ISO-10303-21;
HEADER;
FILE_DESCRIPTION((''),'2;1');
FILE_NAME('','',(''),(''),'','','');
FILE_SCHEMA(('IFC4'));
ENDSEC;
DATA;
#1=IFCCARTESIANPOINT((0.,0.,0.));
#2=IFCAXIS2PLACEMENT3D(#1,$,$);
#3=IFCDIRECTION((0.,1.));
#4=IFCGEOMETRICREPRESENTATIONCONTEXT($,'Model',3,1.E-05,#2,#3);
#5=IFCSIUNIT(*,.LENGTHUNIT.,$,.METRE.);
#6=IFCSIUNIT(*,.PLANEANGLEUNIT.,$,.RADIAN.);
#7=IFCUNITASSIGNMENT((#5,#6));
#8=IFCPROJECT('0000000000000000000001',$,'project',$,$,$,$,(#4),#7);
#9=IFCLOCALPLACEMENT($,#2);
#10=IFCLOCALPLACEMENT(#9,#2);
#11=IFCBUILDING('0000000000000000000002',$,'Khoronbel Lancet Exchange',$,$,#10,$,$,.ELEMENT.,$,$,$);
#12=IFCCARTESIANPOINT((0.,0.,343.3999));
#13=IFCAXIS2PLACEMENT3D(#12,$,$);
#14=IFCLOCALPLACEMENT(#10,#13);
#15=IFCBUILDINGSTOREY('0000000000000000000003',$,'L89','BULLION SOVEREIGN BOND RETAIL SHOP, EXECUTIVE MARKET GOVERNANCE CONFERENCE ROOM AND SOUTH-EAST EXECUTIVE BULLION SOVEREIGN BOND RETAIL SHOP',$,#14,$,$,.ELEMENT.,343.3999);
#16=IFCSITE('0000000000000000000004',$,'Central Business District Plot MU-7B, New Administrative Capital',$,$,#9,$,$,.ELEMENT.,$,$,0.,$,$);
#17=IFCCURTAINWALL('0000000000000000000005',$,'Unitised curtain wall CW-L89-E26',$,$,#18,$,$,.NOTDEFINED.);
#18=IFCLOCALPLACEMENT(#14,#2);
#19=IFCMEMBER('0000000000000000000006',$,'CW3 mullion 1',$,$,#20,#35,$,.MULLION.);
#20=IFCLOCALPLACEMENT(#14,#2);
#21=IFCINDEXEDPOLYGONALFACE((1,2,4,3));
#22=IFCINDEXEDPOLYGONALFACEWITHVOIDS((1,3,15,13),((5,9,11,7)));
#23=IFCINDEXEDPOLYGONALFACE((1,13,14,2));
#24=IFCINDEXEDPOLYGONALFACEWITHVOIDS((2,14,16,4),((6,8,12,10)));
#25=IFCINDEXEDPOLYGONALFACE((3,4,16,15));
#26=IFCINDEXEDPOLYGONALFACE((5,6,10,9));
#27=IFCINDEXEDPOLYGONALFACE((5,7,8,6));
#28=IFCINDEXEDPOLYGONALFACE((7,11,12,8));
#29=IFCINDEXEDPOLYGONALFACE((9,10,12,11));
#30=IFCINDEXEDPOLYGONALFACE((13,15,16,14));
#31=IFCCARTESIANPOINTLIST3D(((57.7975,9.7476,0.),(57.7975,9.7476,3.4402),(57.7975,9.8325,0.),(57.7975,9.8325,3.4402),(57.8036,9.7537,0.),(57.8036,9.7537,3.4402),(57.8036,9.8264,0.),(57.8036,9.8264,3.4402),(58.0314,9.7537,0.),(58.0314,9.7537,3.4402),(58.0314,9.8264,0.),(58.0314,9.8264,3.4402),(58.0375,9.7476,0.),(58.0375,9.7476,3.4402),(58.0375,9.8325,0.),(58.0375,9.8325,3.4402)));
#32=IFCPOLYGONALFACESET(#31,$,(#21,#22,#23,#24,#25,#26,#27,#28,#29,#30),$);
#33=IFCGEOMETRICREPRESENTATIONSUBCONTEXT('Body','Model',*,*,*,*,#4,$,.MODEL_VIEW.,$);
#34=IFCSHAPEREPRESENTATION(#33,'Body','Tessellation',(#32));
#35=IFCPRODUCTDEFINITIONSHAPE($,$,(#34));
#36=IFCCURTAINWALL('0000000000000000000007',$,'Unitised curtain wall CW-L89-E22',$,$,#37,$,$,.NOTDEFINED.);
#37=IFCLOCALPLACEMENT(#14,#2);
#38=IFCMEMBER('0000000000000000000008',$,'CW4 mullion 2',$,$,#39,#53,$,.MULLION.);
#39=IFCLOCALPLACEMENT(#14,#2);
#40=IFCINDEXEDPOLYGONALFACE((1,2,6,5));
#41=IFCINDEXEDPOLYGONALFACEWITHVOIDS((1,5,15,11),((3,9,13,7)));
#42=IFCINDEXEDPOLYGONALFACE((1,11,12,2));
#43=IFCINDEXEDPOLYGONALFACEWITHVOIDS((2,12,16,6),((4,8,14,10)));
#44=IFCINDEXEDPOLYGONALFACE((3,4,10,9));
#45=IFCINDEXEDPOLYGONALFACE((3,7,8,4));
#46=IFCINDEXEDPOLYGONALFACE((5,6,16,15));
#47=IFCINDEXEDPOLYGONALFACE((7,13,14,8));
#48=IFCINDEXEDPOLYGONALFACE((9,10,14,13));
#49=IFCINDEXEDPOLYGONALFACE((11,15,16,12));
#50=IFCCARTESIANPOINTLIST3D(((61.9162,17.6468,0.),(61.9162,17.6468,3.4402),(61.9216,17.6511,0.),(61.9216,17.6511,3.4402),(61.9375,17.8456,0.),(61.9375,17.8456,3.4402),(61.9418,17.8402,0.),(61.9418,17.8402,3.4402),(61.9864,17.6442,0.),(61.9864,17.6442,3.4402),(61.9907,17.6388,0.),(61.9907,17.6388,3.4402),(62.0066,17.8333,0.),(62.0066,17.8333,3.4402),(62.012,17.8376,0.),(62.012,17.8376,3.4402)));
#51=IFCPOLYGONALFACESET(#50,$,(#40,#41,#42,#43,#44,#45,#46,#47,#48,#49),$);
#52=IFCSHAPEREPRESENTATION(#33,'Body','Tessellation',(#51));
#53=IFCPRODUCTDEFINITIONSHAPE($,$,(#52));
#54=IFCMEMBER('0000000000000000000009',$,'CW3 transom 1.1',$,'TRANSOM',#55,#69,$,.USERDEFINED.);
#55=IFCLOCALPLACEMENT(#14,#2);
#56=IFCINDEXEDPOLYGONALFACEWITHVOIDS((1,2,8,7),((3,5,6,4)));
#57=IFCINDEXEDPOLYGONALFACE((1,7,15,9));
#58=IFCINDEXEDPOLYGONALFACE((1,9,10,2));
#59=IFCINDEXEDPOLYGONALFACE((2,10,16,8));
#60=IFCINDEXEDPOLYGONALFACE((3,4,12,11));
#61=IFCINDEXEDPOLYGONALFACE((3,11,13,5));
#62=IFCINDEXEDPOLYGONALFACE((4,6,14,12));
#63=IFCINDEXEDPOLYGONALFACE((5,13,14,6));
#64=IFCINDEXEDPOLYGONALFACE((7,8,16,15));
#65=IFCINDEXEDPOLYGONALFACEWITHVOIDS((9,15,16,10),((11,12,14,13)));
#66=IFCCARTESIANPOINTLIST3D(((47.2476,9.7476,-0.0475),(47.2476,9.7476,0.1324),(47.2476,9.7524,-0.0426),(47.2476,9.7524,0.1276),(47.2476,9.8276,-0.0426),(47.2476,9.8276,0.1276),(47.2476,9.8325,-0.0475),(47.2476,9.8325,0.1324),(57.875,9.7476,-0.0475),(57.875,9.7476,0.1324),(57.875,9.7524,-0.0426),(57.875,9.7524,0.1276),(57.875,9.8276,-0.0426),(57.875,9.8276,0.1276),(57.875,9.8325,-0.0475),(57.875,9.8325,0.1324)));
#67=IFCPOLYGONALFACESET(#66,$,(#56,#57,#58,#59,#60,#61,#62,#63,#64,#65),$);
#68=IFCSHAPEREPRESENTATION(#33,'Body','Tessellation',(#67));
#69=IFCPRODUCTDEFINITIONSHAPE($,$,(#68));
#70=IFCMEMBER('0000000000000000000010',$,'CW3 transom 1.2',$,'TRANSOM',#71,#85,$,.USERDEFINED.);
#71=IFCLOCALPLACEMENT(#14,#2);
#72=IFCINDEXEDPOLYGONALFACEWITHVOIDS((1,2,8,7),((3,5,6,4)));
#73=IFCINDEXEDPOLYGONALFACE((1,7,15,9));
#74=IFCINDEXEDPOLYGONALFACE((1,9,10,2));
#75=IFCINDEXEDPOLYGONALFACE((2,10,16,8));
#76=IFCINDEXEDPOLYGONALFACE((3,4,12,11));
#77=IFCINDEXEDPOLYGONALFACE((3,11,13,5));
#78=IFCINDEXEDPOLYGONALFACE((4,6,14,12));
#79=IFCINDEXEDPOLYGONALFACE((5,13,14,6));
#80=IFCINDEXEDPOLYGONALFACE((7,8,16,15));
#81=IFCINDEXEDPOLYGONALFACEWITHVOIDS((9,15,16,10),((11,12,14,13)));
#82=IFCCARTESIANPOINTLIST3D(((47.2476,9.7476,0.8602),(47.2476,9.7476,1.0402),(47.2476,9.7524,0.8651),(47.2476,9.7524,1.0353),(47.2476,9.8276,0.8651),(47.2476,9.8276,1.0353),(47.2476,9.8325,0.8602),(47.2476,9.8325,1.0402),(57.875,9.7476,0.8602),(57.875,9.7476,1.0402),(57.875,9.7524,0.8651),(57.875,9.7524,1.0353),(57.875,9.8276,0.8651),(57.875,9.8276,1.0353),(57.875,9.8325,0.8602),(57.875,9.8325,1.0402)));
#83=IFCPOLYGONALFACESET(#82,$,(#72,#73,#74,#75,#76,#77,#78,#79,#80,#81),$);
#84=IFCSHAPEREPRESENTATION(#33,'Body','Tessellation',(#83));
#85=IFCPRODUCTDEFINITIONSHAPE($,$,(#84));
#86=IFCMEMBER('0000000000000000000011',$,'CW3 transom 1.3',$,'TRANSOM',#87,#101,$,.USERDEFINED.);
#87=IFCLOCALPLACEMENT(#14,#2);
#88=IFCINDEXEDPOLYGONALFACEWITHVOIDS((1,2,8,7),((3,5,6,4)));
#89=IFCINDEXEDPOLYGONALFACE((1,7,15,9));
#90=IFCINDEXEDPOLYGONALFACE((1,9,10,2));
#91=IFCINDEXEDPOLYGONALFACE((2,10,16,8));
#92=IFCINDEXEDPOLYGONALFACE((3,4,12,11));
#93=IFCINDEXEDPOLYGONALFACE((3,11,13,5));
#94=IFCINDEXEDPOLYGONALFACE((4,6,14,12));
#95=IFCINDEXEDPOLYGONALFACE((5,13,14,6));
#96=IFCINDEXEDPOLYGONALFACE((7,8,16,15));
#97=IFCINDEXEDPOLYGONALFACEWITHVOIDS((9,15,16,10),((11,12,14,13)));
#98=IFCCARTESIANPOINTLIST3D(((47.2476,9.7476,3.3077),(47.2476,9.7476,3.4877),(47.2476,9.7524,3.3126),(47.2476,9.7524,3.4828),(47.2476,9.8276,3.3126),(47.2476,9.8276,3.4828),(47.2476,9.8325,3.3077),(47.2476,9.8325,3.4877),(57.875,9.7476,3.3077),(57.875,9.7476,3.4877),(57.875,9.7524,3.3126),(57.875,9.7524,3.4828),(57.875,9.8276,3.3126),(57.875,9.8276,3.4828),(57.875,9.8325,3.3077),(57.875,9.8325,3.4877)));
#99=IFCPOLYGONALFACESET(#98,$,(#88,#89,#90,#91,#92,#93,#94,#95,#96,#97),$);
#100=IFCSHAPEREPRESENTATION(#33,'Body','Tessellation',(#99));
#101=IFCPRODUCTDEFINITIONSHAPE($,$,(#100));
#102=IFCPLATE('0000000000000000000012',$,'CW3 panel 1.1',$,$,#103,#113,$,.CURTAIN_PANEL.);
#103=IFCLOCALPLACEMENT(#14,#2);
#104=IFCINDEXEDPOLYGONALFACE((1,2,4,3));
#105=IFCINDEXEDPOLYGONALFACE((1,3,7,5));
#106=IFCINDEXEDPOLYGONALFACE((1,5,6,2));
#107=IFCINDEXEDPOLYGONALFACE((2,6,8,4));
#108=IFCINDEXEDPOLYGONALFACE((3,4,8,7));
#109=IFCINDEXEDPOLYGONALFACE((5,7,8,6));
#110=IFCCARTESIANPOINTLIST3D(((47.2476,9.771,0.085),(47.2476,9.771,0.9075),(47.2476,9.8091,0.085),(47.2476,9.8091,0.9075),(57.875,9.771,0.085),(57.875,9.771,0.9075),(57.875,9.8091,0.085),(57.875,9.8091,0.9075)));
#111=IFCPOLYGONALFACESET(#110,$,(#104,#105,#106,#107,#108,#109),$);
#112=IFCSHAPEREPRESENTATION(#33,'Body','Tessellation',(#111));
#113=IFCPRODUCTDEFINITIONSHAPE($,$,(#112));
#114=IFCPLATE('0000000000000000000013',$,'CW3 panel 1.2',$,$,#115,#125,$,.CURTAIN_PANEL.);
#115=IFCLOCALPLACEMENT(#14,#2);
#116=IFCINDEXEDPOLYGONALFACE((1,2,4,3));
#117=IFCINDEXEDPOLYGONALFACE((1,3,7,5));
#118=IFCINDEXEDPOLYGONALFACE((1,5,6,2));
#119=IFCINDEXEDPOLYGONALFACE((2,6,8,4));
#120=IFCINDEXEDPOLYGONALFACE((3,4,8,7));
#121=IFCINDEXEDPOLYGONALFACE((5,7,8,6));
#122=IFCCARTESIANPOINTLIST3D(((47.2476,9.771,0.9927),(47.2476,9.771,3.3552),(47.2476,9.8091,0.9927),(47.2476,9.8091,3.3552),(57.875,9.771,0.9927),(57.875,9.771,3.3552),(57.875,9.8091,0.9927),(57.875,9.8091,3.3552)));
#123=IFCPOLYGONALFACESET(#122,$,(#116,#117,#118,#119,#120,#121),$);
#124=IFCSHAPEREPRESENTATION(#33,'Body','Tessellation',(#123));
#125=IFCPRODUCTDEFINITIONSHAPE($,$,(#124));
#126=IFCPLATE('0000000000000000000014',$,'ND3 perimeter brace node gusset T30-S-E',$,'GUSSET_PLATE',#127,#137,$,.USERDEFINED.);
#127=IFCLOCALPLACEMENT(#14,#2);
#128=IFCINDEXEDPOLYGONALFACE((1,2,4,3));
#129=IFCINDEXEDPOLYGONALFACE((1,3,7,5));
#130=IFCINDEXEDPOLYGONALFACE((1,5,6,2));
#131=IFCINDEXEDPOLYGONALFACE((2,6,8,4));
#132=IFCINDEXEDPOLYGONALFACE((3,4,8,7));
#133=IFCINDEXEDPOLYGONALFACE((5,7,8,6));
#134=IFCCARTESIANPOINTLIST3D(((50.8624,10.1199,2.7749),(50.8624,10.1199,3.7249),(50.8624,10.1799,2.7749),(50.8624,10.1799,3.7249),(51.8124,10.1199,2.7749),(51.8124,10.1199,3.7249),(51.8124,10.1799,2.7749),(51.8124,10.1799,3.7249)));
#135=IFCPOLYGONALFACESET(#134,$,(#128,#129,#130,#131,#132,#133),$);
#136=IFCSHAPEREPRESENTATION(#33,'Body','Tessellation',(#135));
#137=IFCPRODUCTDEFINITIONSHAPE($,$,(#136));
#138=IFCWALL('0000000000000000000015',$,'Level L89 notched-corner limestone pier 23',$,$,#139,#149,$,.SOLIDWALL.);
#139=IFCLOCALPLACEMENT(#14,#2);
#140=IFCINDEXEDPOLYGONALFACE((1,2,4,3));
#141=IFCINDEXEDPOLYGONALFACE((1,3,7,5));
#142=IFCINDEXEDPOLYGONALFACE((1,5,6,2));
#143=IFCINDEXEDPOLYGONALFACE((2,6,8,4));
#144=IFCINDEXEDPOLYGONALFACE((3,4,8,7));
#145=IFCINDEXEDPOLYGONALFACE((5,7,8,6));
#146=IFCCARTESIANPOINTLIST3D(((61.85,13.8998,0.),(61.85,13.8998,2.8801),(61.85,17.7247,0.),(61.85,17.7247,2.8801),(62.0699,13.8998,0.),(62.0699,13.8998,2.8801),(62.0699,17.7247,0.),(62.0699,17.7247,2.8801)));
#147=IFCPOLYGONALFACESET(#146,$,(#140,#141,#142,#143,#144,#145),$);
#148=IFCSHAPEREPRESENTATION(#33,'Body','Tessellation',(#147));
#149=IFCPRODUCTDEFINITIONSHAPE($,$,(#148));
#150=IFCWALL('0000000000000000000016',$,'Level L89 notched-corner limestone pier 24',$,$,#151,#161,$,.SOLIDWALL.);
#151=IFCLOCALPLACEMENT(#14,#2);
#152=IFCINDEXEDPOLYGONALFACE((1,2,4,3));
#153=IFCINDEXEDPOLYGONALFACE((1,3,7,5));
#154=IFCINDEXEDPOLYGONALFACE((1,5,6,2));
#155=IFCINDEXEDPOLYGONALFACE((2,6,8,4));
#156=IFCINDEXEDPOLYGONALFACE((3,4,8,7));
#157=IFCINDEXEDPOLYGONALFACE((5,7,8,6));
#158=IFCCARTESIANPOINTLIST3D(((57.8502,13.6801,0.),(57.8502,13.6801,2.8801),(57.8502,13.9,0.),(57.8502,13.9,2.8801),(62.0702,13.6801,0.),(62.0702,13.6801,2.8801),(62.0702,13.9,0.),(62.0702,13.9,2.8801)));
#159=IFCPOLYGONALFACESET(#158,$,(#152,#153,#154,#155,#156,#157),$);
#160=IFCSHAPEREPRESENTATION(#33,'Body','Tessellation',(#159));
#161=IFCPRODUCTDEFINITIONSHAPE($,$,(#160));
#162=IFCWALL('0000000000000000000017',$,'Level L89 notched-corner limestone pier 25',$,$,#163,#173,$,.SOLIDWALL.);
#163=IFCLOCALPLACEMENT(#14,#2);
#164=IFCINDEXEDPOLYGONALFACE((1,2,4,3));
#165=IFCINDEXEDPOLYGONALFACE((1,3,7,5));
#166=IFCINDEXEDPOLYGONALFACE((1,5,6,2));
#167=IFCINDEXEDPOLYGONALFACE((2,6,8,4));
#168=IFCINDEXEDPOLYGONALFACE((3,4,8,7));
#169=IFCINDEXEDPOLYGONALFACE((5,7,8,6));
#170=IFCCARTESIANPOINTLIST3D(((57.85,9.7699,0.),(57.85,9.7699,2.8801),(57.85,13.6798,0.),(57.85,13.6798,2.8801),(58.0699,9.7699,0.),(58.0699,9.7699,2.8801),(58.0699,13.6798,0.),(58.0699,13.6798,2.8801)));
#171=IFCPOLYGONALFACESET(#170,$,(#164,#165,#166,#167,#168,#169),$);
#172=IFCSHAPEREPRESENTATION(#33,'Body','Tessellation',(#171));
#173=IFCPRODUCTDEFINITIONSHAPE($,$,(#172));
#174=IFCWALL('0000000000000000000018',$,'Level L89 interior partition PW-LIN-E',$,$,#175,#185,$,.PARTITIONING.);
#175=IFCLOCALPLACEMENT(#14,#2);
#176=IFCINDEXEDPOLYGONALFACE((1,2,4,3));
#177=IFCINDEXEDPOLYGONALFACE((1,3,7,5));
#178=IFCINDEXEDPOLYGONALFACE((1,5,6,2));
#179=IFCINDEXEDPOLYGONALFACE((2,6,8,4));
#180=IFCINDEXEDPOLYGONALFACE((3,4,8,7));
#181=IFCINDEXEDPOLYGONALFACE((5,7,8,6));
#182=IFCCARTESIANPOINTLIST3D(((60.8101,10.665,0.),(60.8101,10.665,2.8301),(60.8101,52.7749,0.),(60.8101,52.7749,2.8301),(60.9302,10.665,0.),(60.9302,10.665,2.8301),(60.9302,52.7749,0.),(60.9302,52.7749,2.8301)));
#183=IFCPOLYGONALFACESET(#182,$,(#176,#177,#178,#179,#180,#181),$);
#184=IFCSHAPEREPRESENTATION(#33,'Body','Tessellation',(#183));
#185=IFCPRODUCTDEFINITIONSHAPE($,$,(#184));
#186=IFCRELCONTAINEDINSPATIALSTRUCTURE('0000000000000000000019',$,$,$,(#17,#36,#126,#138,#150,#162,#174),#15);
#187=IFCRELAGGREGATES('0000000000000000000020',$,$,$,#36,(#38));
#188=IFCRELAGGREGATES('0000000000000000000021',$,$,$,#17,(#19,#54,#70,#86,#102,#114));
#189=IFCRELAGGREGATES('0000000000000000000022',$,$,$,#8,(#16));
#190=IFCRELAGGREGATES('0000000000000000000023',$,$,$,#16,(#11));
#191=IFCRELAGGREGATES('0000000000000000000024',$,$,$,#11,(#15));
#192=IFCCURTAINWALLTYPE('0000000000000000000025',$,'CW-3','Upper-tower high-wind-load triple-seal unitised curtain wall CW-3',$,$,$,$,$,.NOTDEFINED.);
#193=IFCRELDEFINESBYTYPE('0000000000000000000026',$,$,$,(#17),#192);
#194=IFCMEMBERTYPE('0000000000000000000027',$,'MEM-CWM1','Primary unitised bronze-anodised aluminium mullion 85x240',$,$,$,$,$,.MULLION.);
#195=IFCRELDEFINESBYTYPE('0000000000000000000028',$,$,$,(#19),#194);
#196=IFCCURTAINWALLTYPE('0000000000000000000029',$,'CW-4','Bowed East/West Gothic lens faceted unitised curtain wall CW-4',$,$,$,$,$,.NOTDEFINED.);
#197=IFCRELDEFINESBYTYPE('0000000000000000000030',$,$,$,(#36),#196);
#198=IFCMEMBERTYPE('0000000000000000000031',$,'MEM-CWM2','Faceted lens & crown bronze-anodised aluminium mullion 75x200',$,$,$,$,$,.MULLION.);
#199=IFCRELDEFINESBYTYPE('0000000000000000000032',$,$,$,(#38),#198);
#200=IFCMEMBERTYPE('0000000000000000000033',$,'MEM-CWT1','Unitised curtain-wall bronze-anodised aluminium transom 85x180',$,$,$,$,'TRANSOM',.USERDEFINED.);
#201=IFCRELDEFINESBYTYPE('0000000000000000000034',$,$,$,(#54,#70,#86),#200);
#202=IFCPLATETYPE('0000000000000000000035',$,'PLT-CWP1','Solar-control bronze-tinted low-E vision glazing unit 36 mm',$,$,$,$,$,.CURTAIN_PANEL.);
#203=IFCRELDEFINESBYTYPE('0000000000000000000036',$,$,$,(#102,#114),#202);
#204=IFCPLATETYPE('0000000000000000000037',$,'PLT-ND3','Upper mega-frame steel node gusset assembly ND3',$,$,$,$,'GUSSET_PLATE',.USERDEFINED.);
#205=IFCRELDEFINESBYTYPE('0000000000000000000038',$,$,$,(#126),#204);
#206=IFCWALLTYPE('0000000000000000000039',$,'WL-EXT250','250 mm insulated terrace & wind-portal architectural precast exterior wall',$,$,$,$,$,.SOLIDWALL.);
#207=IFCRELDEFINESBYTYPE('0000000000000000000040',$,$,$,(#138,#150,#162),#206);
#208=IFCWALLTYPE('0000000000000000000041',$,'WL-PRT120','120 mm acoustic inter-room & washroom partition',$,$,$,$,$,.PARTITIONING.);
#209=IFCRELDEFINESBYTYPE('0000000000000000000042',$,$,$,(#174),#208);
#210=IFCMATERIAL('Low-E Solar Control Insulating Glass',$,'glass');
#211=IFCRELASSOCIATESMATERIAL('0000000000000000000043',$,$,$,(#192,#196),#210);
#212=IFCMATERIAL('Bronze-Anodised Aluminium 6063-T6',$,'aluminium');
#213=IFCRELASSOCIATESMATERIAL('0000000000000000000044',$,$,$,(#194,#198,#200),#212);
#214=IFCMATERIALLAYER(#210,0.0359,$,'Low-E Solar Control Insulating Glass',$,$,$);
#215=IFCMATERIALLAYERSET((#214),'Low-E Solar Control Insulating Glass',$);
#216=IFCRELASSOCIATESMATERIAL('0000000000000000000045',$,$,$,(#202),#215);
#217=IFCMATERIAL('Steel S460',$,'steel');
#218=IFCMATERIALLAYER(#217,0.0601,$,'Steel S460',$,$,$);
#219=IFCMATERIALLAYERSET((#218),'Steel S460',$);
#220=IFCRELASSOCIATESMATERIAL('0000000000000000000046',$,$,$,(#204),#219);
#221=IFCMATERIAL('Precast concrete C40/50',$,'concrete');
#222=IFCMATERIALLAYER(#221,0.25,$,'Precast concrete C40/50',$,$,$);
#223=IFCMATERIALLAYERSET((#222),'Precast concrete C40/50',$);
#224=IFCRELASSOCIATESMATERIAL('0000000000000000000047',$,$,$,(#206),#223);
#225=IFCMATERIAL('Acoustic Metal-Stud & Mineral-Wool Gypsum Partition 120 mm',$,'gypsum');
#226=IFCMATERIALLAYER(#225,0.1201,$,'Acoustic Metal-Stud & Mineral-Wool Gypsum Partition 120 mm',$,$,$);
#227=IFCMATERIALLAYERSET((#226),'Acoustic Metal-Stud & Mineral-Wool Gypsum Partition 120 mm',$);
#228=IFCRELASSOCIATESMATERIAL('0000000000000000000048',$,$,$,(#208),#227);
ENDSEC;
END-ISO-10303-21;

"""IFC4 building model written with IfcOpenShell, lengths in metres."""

from ifc_helpers import new_model, si_unit, direction, frame, frame_2d, origin, origin_2d, place, context, subcontext, project, spatial, rectangle, hollow_rectangle, extrude, material, layer, layer_set, material_profile, profile_set, type_object, element, aggregate, save


model = new_model("IFC4")

# Units and contexts
model_context = context("Model", 3, precision=1e-05, world=origin(), true_north=direction((0.0, 1.0)))
body_context = subcontext(model_context, "Body", "Model", "MODEL_VIEW")
ifc_project = project(units=[si_unit("LENGTHUNIT", "METRE"), si_unit("PLANEANGLEUNIT", "RADIAN")], contexts=[model_context])

# Site, building, storey
site_placement = place(None, origin())
site = spatial("IfcSite", under=ifc_project, at=site_placement, Name="Central Business District Plot MU-7B, New Administrative Capital", CompositionType="ELEMENT", RefElevation=0.0)
building_placement = place(site_placement, origin())
building = spatial("IfcBuilding", under=site, at=building_placement, Name="Khoronbel Lancet Exchange", CompositionType="ELEMENT")
storey_placement = place(building_placement, frame((0.0, 0.0, 343.3999)))
storey = spatial("IfcBuildingStorey", under=building, at=storey_placement, Name="L89", Description="BULLION SOVEREIGN BOND RETAIL SHOP, EXECUTIVE MARKET GOVERNANCE CONFERENCE ROOM AND SOUTH-EAST EXECUTIVE BULLION SOVEREIGN BOND RETAIL SHOP", CompositionType="ELEMENT", Elevation=343.3999)

# Shared definitions
ifc_material_1 = material(Name="Steel S460", Category="steel")

# Curtain walls, members
ifc_material_2 = material(Name="Low-E Solar Control Insulating Glass", Category="glass")
curtain_wall_type_1 = type_object("IfcCurtainWallType", Name="CW-3", Description="Upper-tower high-wind-load triple-seal unitised curtain wall CW-3", PredefinedType="NOTDEFINED", material=ifc_material_2)
curtain_wall_1_placement = place(storey_placement, origin())
curtain_wall_1 = element("IfcCurtainWall", 1, at=curtain_wall_1_placement, inside=storey, type_object=curtain_wall_type_1, Name="Unitised curtain wall CW-L89-E26", PredefinedType="NOTDEFINED")
ifc_material_3 = material(Name="Bronze-Anodised Aluminium 6063-T6", Category="aluminium")
ifc_material_profile_1 = material_profile(ifc_material_3, hollow_rectangle(XDim=0.085, YDim=0.24, WallThickness=0.0061, at=origin_2d()), Name="ALU MULLION 85x240")
ifc_profile_set_1 = profile_set([ifc_material_profile_1], Name="Bronze-Anodised Aluminium 6063-T6")
member_type_1 = type_object("IfcMemberType", Name="MEM-CWM1", Description="Primary unitised bronze-anodised aluminium mullion 85x240", PredefinedType="MULLION", material=ifc_profile_set_1)
member_1_placement = place(storey_placement, frame((57.9175, 9.79, 0.0), z_axis=(0.0, 0.0, 1.0), x_axis=(0.0, -1.0, 0.0)))
member_1 = element("IfcMember", 2, at=member_1_placement, type_object=member_type_1, Name="CW3 mullion 1", PredefinedType="MULLION", context=body_context, shape_type="SweptSolid", body=[
    extrude(hollow_rectangle(XDim=0.085, YDim=0.24, WallThickness=0.0061, at=origin_2d()), origin(), (0.0, 0.0, 1.0), 3.4402),
])
curtain_wall_type_2 = type_object("IfcCurtainWallType", Name="CW-4", Description="Bowed East/West Gothic lens faceted unitised curtain wall CW-4", PredefinedType="NOTDEFINED", material=ifc_material_2)
curtain_wall_2_placement = place(storey_placement, origin())
curtain_wall_2 = element("IfcCurtainWall", 3, at=curtain_wall_2_placement, inside=storey, type_object=curtain_wall_type_2, Name="Unitised curtain wall CW-L89-E22", PredefinedType="NOTDEFINED")
ifc_material_profile_2 = material_profile(ifc_material_3, hollow_rectangle(XDim=0.075, YDim=0.2, WallThickness=0.0049, at=origin_2d()), Name="ALU MULLION 75x200")
ifc_profile_set_2 = profile_set([ifc_material_profile_2], Name="Bronze-Anodised Aluminium 6063-T6")
member_type_2 = type_object("IfcMemberType", Name="MEM-CWM2", Description="Faceted lens & crown bronze-anodised aluminium mullion 75x200", PredefinedType="MULLION", material=ifc_profile_set_2)
member_2_placement = place(storey_placement, frame((61.9641, 17.7422, 0.0), z_axis=(0.0, 0.0, 1.0), x_axis=(0.994309, -0.106538, 0.0)))
member_2 = element("IfcMember", 4, at=member_2_placement, type_object=member_type_2, Name="CW4 mullion 2", PredefinedType="MULLION", context=body_context, shape_type="SweptSolid", body=[
    extrude(hollow_rectangle(XDim=0.075, YDim=0.2, WallThickness=0.0049, at=origin_2d()), origin(), (0.0, 0.0, 1.0), 3.4402),
])
aggregate(curtain_wall_2, [member_2])

# Members
ifc_material_profile_3 = material_profile(ifc_material_3, hollow_rectangle(XDim=0.085, YDim=0.1799, WallThickness=0.0049, at=origin_2d()), Name="ALU TRANSOM 85x180")
ifc_profile_set_3 = profile_set([ifc_material_profile_3], Name="Bronze-Anodised Aluminium 6063-T6")
member_type_3 = type_object("IfcMemberType", Name="MEM-CWT1", Description="Unitised curtain-wall bronze-anodised aluminium transom 85x180", ElementType="TRANSOM", PredefinedType="USERDEFINED", material=ifc_profile_set_3)
member_3_placement = place(storey_placement, frame((57.875, 9.79, 0.0425), z_axis=(-1.0, 0.0, 0.0), x_axis=(0.0, -1.0, 0.0)))
member_3 = element("IfcMember", 5, at=member_3_placement, type_object=member_type_3, Name="CW3 transom 1.1", ObjectType="TRANSOM", PredefinedType="USERDEFINED", context=body_context, shape_type="SweptSolid", body=[
    extrude(hollow_rectangle(XDim=0.085, YDim=0.1799, WallThickness=0.0049, at=origin_2d()), origin(), (0.0, 0.0, 1.0), 10.6274),
])
member_4_placement = place(storey_placement, frame((57.875, 9.79, 0.9502), z_axis=(-1.0, 0.0, 0.0), x_axis=(0.0, -1.0, 0.0)))
member_4 = element("IfcMember", 6, at=member_4_placement, type_object=member_type_3, Name="CW3 transom 1.2", ObjectType="TRANSOM", PredefinedType="USERDEFINED", context=body_context, shape_type="SweptSolid", body=[
    extrude(hollow_rectangle(XDim=0.085, YDim=0.1799, WallThickness=0.0049, at=origin_2d()), origin(), (0.0, 0.0, 1.0), 10.6274),
])
member_5_placement = place(storey_placement, frame((57.875, 9.79, 3.3977), z_axis=(-1.0, 0.0, 0.0), x_axis=(0.0, -1.0, 0.0)))
member_5 = element("IfcMember", 7, at=member_5_placement, type_object=member_type_3, Name="CW3 transom 1.3", ObjectType="TRANSOM", PredefinedType="USERDEFINED", context=body_context, shape_type="SweptSolid", body=[
    extrude(hollow_rectangle(XDim=0.085, YDim=0.1799, WallThickness=0.0049, at=origin_2d()), origin(), (0.0, 0.0, 1.0), 10.6274),
])

# Plates
ifc_layer_1 = layer(ifc_material_2, 0.0359, Name="Low-E Solar Control Insulating Glass")
ifc_layer_set_1 = layer_set([ifc_layer_1], Name="Low-E Solar Control Insulating Glass")
plate_type_1 = type_object("IfcPlateType", Name="PLT-CWP1", Description="Solar-control bronze-tinted low-E vision glazing unit 36 mm", PredefinedType="CURTAIN_PANEL", material=ifc_layer_set_1)
plate_1_placement = place(storey_placement, frame((52.5613, 9.79, 0.085), z_axis=(0.0, 0.0, 1.0), x_axis=(-1.0, 0.0, 0.0)))
plate_1 = element("IfcPlate", 8, at=plate_1_placement, type_object=plate_type_1, Name="CW3 panel 1.1", PredefinedType="CURTAIN_PANEL", context=body_context, shape_type="SweptSolid", body=[
    extrude(rectangle(XDim=10.6274, YDim=0.0381, at=origin_2d()), origin(), (0.0, 0.0, 1.0), 0.8225),
])
plate_2_placement = place(storey_placement, frame((52.5613, 9.79, 0.9927), z_axis=(0.0, 0.0, 1.0), x_axis=(-1.0, 0.0, 0.0)))
plate_2 = element("IfcPlate", 9, at=plate_2_placement, type_object=plate_type_1, Name="CW3 panel 1.2", PredefinedType="CURTAIN_PANEL", context=body_context, shape_type="SweptSolid", body=[
    extrude(rectangle(XDim=10.6274, YDim=0.0381, at=origin_2d()), origin(), (0.0, 0.0, 1.0), 2.3625),
])
aggregate(curtain_wall_1, [member_1, member_3, member_4, member_5, plate_1, plate_2])
ifc_layer_2 = layer(ifc_material_1, 0.0601, Name="Steel S460")
ifc_layer_set_2 = layer_set([ifc_layer_2], Name="Steel S460")
plate_type_2 = type_object("IfcPlateType", Name="PLT-ND3", Description="Upper mega-frame steel node gusset assembly ND3", ElementType="GUSSET_PLATE", PredefinedType="USERDEFINED", material=ifc_layer_set_2)
plate_3_placement = place(storey_placement, frame((51.3374, 10.1499, 2.7749), z_axis=(0.0, 0.0, 1.0), x_axis=(1.0, 0.0, 0.0)))
element("IfcPlate", 10, at=plate_3_placement, inside=storey, type_object=plate_type_2, Name="ND3 perimeter brace node gusset T30-S-E", ObjectType="GUSSET_PLATE", PredefinedType="USERDEFINED", context=body_context, shape_type="SweptSolid", body=[
    extrude(rectangle(XDim=0.95, YDim=0.0601, at=origin_2d()), origin(), (0.0, 0.0, 1.0), 0.95),
])

# Walls
ifc_material_4 = material(Name="Precast concrete C40/50", Category="concrete")
ifc_layer_3 = layer(ifc_material_4, 0.25, Name="Precast concrete C40/50")
ifc_layer_set_3 = layer_set([ifc_layer_3], Name="Precast concrete C40/50")
wall_type_1 = type_object("IfcWallType", Name="WL-EXT250", Description="250 mm insulated terrace & wind-portal architectural precast exterior wall", PredefinedType="SOLIDWALL", material=ifc_layer_set_3)
wall_1_placement = place(storey_placement, frame((61.96, 17.7249, 0.0), z_axis=(0.0, 0.0, 1.0), x_axis=(0.0, -1.0, 0.0)))
element("IfcWall", 11, at=wall_1_placement, inside=storey, type_object=wall_type_1, Name="Level L89 notched-corner limestone pier 23", PredefinedType="SOLIDWALL", context=body_context, shape_type="SweptSolid", body=[
    extrude(rectangle(XDim=3.825, YDim=0.22, at=frame_2d((1.9126, 0.0))), origin(), (0.0, 0.0, 1.0), 2.8801),
])
wall_2_placement = place(storey_placement, frame((62.0701, 13.79, 0.0), z_axis=(0.0, 0.0, 1.0), x_axis=(-1.0, 0.0, 0.0)))
element("IfcWall", 12, at=wall_2_placement, inside=storey, type_object=wall_type_1, Name="Level L89 notched-corner limestone pier 24", PredefinedType="SOLIDWALL", context=body_context, shape_type="SweptSolid", body=[
    extrude(rectangle(XDim=4.22, YDim=0.22, at=frame_2d((2.1099, 0.0))), origin(), (0.0, 0.0, 1.0), 2.8801),
])
wall_3_placement = place(storey_placement, frame((57.96, 13.6799, 0.0), z_axis=(0.0, 0.0, 1.0), x_axis=(0.0, -1.0, 0.0)))
element("IfcWall", 13, at=wall_3_placement, inside=storey, type_object=wall_type_1, Name="Level L89 notched-corner limestone pier 25", PredefinedType="SOLIDWALL", context=body_context, shape_type="SweptSolid", body=[
    extrude(rectangle(XDim=3.9099, YDim=0.22, at=frame_2d((1.9551, 0.0))), origin(), (0.0, 0.0, 1.0), 2.8801),
])
ifc_material_5 = material(Name="Acoustic Metal-Stud & Mineral-Wool Gypsum Partition 120 mm", Category="gypsum")
ifc_layer_4 = layer(ifc_material_5, 0.1201, Name="Acoustic Metal-Stud & Mineral-Wool Gypsum Partition 120 mm")
ifc_layer_set_4 = layer_set([ifc_layer_4], Name="Acoustic Metal-Stud & Mineral-Wool Gypsum Partition 120 mm")
wall_type_2 = type_object("IfcWallType", Name="WL-PRT120", Description="120 mm acoustic inter-room & washroom partition", PredefinedType="PARTITIONING", material=ifc_layer_set_4)
wall_4_placement = place(storey_placement, frame((60.8701, 10.665, 0.0), z_axis=(0.0, 0.0, 1.0), x_axis=(0.0, 1.0, 0.0)))
element("IfcWall", 14, at=wall_4_placement, inside=storey, type_object=wall_type_2, Name="Level L89 interior partition PW-LIN-E", PredefinedType="PARTITIONING", context=body_context, shape_type="SweptSolid", body=[
    extrude(rectangle(XDim=42.1099, YDim=0.1201, at=frame_2d((21.0549, 0.0))), origin(), (0.0, 0.0, 1.0), 2.8301),
])

save(model, "model.ifc")
